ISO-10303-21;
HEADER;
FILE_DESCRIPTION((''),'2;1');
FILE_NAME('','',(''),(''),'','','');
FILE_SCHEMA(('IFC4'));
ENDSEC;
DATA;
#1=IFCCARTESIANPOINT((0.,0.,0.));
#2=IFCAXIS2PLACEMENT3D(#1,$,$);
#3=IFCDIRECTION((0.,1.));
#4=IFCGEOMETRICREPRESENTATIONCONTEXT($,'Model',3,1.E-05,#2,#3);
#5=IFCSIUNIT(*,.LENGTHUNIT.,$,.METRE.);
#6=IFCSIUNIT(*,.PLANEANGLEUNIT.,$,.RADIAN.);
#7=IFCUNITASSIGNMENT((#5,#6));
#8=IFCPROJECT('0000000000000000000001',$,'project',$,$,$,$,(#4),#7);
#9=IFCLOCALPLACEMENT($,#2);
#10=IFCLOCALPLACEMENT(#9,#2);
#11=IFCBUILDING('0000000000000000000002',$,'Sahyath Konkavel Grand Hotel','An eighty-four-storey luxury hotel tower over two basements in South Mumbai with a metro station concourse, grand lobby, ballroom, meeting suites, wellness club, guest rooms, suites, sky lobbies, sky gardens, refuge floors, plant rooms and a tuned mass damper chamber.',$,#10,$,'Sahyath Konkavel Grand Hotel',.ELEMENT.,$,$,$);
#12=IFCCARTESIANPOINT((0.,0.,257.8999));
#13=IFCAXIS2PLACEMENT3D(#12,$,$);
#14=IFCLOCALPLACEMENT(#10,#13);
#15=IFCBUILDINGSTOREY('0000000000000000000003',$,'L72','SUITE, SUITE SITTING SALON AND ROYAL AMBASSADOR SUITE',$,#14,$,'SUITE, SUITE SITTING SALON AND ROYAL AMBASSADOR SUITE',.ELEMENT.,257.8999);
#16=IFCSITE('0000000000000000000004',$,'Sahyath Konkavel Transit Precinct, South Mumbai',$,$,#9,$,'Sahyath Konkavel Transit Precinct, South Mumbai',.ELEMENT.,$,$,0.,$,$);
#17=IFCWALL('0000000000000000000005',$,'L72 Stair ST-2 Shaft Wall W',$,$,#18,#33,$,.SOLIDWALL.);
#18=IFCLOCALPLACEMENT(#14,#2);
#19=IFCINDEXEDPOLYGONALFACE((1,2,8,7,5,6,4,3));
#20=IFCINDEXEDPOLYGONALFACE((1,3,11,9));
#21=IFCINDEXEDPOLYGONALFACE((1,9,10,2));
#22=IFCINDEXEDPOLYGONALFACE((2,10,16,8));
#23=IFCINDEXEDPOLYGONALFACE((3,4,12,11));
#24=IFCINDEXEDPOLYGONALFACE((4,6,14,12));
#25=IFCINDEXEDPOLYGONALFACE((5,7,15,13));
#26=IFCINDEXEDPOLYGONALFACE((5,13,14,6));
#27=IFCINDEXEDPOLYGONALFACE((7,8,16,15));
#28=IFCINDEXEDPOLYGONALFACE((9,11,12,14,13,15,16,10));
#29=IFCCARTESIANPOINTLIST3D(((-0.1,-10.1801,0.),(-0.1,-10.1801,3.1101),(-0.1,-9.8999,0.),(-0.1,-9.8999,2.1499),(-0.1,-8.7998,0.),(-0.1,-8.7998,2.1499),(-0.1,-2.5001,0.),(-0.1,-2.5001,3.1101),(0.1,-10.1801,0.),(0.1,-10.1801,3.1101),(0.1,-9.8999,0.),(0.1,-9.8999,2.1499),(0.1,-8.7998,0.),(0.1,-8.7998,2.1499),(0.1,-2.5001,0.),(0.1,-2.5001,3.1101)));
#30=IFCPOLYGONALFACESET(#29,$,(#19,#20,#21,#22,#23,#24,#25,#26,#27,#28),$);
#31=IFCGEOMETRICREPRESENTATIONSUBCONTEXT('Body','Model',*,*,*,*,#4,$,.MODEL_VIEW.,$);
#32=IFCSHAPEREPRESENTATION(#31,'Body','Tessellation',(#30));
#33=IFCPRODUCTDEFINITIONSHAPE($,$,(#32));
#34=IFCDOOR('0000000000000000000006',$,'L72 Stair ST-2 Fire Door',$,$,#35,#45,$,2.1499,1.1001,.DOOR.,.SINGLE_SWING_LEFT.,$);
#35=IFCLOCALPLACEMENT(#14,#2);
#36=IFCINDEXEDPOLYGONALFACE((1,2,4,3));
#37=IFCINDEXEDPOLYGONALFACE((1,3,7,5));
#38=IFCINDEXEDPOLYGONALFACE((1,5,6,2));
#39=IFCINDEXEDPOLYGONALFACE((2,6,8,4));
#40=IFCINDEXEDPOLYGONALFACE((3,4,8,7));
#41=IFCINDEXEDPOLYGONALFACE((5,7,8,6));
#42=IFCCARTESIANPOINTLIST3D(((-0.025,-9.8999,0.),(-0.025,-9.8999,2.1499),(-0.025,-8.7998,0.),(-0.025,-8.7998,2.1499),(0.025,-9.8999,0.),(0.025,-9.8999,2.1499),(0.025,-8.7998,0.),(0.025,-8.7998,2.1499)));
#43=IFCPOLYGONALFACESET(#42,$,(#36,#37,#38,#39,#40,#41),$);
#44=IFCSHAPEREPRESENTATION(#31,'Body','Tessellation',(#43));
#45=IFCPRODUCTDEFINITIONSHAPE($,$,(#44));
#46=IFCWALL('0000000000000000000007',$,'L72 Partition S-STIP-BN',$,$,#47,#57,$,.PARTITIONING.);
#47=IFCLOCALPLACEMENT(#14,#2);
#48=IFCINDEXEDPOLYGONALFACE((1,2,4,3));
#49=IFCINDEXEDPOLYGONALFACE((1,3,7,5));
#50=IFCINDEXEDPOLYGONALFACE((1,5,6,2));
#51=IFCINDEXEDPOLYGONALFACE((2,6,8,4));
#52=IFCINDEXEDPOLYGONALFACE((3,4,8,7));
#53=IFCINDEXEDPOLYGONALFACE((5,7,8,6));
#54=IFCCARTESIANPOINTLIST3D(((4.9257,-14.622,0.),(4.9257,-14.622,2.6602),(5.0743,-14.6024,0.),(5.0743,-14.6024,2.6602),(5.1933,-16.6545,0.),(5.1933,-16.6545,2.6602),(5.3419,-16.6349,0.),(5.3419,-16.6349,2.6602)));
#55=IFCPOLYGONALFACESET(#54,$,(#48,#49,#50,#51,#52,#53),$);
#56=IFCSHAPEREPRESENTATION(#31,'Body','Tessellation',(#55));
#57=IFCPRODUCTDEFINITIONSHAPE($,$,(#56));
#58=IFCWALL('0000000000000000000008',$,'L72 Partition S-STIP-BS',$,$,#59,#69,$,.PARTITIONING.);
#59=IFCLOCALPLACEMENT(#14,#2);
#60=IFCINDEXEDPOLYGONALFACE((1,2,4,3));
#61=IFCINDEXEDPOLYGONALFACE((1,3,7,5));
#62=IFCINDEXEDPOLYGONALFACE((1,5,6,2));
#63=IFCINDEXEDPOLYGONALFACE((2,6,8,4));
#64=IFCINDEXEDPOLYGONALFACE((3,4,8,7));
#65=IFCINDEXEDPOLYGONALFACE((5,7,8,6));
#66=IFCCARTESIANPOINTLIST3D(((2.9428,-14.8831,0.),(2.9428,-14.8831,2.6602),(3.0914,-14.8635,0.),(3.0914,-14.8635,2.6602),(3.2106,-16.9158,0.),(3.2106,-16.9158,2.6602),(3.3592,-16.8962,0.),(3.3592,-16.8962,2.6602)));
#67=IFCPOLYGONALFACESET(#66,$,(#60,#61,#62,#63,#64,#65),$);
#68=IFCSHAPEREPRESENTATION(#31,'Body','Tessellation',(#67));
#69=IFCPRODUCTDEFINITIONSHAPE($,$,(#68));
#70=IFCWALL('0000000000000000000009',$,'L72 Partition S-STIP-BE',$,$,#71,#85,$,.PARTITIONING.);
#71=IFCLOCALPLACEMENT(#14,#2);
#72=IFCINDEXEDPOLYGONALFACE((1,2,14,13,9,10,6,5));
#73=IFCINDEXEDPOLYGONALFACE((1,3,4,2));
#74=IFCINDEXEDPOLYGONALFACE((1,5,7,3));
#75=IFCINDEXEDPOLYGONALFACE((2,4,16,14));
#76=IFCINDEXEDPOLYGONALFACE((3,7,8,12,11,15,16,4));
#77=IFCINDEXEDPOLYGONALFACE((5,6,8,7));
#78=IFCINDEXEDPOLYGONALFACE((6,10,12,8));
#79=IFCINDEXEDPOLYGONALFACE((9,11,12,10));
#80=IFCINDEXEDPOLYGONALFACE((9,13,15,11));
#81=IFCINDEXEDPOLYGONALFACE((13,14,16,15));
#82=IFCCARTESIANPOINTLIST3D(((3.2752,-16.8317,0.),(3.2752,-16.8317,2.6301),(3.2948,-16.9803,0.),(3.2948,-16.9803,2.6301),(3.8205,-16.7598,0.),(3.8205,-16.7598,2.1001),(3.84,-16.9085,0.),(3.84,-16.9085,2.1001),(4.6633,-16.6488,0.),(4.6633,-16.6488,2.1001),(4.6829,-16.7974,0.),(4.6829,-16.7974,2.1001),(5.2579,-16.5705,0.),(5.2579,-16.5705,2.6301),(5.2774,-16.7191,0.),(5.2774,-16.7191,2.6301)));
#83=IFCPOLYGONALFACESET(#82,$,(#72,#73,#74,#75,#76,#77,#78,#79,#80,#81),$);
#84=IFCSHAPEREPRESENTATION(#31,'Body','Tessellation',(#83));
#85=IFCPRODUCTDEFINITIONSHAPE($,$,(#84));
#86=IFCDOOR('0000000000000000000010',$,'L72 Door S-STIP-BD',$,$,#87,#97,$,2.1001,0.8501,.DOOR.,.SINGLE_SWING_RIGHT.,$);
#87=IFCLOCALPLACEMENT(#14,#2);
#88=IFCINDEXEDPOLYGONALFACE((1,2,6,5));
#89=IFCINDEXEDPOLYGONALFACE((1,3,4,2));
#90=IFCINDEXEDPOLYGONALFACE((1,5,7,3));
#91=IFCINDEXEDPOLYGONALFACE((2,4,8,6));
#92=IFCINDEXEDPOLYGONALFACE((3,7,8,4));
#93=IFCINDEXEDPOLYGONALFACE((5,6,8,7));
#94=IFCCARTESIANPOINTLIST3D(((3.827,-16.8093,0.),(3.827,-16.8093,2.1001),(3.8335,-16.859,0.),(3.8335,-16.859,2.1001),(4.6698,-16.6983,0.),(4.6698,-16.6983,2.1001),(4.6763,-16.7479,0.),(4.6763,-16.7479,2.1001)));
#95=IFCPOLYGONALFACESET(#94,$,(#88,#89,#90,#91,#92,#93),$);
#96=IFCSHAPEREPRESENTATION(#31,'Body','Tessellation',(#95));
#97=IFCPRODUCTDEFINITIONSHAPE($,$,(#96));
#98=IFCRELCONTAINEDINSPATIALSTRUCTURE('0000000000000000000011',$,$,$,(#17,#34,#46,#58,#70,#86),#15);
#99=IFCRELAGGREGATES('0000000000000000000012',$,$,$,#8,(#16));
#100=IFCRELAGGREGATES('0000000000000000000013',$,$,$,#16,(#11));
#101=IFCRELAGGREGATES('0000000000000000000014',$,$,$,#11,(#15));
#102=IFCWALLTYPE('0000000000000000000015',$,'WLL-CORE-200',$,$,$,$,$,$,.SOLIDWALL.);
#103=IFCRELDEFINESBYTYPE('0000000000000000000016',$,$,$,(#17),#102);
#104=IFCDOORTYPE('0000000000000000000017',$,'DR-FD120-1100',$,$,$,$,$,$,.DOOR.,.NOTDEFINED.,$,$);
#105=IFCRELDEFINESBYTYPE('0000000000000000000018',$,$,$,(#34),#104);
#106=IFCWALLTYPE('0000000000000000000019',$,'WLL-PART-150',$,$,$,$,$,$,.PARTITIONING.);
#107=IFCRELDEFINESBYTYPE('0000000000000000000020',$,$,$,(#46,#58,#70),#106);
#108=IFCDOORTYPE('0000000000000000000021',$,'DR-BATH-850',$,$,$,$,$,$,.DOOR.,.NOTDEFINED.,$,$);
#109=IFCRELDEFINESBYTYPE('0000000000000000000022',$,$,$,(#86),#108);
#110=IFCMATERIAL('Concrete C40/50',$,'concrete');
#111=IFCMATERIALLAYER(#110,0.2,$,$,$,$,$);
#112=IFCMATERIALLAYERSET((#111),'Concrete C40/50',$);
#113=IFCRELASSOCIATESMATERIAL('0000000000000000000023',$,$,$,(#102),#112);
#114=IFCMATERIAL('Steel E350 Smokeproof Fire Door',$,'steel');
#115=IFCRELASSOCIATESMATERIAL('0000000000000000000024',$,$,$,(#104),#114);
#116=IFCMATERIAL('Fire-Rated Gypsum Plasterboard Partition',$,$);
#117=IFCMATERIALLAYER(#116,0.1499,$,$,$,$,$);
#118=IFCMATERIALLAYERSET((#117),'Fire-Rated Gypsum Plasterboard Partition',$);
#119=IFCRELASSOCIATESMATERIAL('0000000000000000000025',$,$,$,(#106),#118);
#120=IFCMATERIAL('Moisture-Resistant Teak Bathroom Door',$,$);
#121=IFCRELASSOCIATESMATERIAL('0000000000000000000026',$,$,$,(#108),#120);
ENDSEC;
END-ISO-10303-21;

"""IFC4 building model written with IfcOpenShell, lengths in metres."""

from ifc_helpers import new_model, si_unit, direction, frame, frame_2d, origin, origin_2d, place, context, subcontext, project, spatial, rectangle, extrude, source, transform, mapped, material, layer, layer_set, type_object, element, fill, save


model = new_model("IFC4")

# Units and contexts
model_context = context("Model", 3, precision=1e-05, world=origin(), true_north=direction((0.0, 1.0)))
body_context = subcontext(model_context, "Body", "Model", "MODEL_VIEW")
ifc_project = project(units=[si_unit("LENGTHUNIT", "METRE"), si_unit("PLANEANGLEUNIT", "RADIAN")], contexts=[model_context])

# Site, building, storey
site_placement = place(None, origin())
site = spatial("IfcSite", under=ifc_project, at=site_placement, Name="Sahyath Konkavel Transit Precinct, South Mumbai", LongName="Sahyath Konkavel Transit Precinct, South Mumbai", CompositionType="ELEMENT", RefElevation=0.0)
building_placement = place(site_placement, origin())
building = spatial("IfcBuilding", under=site, at=building_placement, Name="Sahyath Konkavel Grand Hotel", Description="An eighty-four-storey luxury hotel tower over two basements in South Mumbai with a metro station concourse, grand lobby, ballroom, meeting suites, wellness club, guest rooms, suites, sky lobbies, sky gardens, refuge floors, plant rooms and a tuned mass damper chamber.", LongName="Sahyath Konkavel Grand Hotel", CompositionType="ELEMENT")
storey_placement = place(building_placement, frame((0.0, 0.0, 257.8999)))
storey = spatial("IfcBuildingStorey", under=building, at=storey_placement, Name="L72", Description="SUITE, SUITE SITTING SALON AND ROYAL AMBASSADOR SUITE", LongName="SUITE, SUITE SITTING SALON AND ROYAL AMBASSADOR SUITE", CompositionType="ELEMENT", Elevation=257.8999)

# Shared definitions
ifc_material_1 = material(Name="Concrete C40/50", Category="concrete")

# Wall, opening, door
ifc_layer_1 = layer(ifc_material_1, 0.2)
ifc_layer_set_1 = layer_set([ifc_layer_1], Name="Concrete C40/50")
wall_type_1 = type_object("IfcWallType", Name="WLL-CORE-200", PredefinedType="SOLIDWALL", material=ifc_layer_set_1)
wall_1_placement = place(storey_placement, frame((0.0, -10.1799, 0.0), z_axis=(0.0, 0.0, 1.0), x_axis=(0.0, 1.0, 0.0)))
wall_1 = element("IfcWall", 1, at=wall_1_placement, inside=storey, type_object=wall_type_1, Name="L72 Stair ST-2 Shaft Wall W", PredefinedType="SOLIDWALL", context=body_context, shape_type="SweptSolid", body=[
    extrude(rectangle(XDim=7.6799, YDim=0.2, at=frame_2d((3.8398, 0.0))), origin(), (0.0, 0.0, 1.0), 3.1101),
])
opening_1_placement = place(wall_1_placement, frame((0.28, 0.0, 0.0)))
opening_1 = element("IfcOpeningElement", 2, at=opening_1_placement, cuts=wall_1, PredefinedType="OPENING", context=body_context, shape_type="SweptSolid", body=[
    extrude(rectangle(XDim=1.1001, YDim=2.1499, at=frame_2d((0.55, 1.075))), frame((0.0, 0.1099, 0.0), z_axis=(0.0, -1.0, 0.0), x_axis=(1.0, 0.0, 0.0)), (0.0, 0.0, 1.0), 0.22),
])
ifc_material_2 = material(Name="Steel E350 Smokeproof Fire Door", Category="steel")
door_type_1 = type_object("IfcDoorType", Name="DR-FD120-1100", OperationType="NOTDEFINED", PredefinedType="DOOR", material=ifc_material_2)
shared_shape_1 = source(origin(), body_context, "Body", "SweptSolid", [
    extrude(rectangle(XDim=1.1001, YDim=0.05, at=origin_2d()), origin(), (0.0, 0.0, 1.0), 2.1499),
])
door_1_placement = place(opening_1_placement, frame((0.55, 0.0, 0.0)))
door_1 = element("IfcDoor", 3, at=door_1_placement, inside=storey, type_object=door_type_1, Name="L72 Stair ST-2 Fire Door", OperationType="SINGLE_SWING_LEFT", OverallHeight=2.1499, OverallWidth=1.1001, PredefinedType="DOOR", context=body_context, shape_type="MappedRepresentation", body=[
    mapped(shared_shape_1, transform((0.0, 0.0, 0.0), scale=1.0)),
])
fill(opening_1, door_1)

# Walls
ifc_material_3 = material(Name="Fire-Rated Gypsum Plasterboard Partition")
ifc_layer_2 = layer(ifc_material_3, 0.1499)
ifc_layer_set_2 = layer_set([ifc_layer_2], Name="Fire-Rated Gypsum Plasterboard Partition")
wall_type_2 = type_object("IfcWallType", Name="WLL-PART-150", PredefinedType="PARTITIONING", material=ifc_layer_set_2)
wall_2_placement = place(storey_placement, frame((5.0, -14.6123, 0.0), z_axis=(0.0, 0.0, 1.0), x_axis=(0.130525, -0.991445, 0.0)))
element("IfcWall", 4, at=wall_2_placement, inside=storey, type_object=wall_type_2, Name="L72 Partition S-STIP-BN", PredefinedType="PARTITIONING", context=body_context, shape_type="SweptSolid", body=[
    extrude(rectangle(XDim=2.05, YDim=0.1499, at=frame_2d((1.0249, 0.0))), origin(), (0.0, 0.0, 1.0), 2.6602),
])
wall_3_placement = place(storey_placement, frame((3.0171, -14.8733, 0.0), z_axis=(0.0, 0.0, 1.0), x_axis=(0.130627, -0.991432, 0.0)))
element("IfcWall", 5, at=wall_3_placement, inside=storey, type_object=wall_type_2, Name="L72 Partition S-STIP-BS", PredefinedType="PARTITIONING", context=body_context, shape_type="SweptSolid", body=[
    extrude(rectangle(XDim=2.0503, YDim=0.1499, at=frame_2d((1.0251, 0.0))), origin(), (0.0, 0.0, 1.0), 2.6602),
])

# Wall, opening, door
wall_4_placement = place(storey_placement, frame((3.2849, -16.906, 0.0), z_axis=(0.0, 0.0, 1.0), x_axis=(0.991431, 0.130628, 0.0)))
wall_4 = element("IfcWall", 6, at=wall_4_placement, inside=storey, type_object=wall_type_2, Name="L72 Partition S-STIP-BE", PredefinedType="PARTITIONING", context=body_context, shape_type="SweptSolid", body=[
    extrude(rectangle(XDim=1.9998, YDim=0.1499, at=frame_2d((1.0, 0.0))), origin(), (0.0, 0.0, 1.0), 2.6301),
])
opening_2_placement = place(wall_4_placement, frame((0.55, 0.0, 0.0)))
opening_2 = element("IfcOpeningElement", 7, at=opening_2_placement, cuts=wall_4, PredefinedType="OPENING", context=body_context, shape_type="SweptSolid", body=[
    extrude(rectangle(XDim=0.8501, YDim=2.1001, at=frame_2d((0.425, 1.05))), frame((0.0, 0.085, 0.0), z_axis=(0.0, -1.0, 0.0), x_axis=(1.0, 0.0, 0.0)), (0.0, 0.0, 1.0), 0.1699),
])
ifc_material_4 = material(Name="Moisture-Resistant Teak Bathroom Door")
door_type_2 = type_object("IfcDoorType", Name="DR-BATH-850", OperationType="NOTDEFINED", PredefinedType="DOOR", material=ifc_material_4)
shared_shape_2 = source(origin(), body_context, "Body", "SweptSolid", [
    extrude(rectangle(XDim=0.8501, YDim=0.05, at=origin_2d()), origin(), (0.0, 0.0, 1.0), 2.1001),
])
door_2_placement = place(opening_2_placement, frame((0.425, 0.0, 0.0)))
door_2 = element("IfcDoor", 8, at=door_2_placement, inside=storey, type_object=door_type_2, Name="L72 Door S-STIP-BD", OperationType="SINGLE_SWING_RIGHT", OverallHeight=2.1001, OverallWidth=0.8501, PredefinedType="DOOR", context=body_context, shape_type="MappedRepresentation", body=[
    mapped(shared_shape_2, transform((0.0, 0.0, 0.0), scale=1.0)),
])
fill(opening_2, door_2)

save(model, "model.ifc")
